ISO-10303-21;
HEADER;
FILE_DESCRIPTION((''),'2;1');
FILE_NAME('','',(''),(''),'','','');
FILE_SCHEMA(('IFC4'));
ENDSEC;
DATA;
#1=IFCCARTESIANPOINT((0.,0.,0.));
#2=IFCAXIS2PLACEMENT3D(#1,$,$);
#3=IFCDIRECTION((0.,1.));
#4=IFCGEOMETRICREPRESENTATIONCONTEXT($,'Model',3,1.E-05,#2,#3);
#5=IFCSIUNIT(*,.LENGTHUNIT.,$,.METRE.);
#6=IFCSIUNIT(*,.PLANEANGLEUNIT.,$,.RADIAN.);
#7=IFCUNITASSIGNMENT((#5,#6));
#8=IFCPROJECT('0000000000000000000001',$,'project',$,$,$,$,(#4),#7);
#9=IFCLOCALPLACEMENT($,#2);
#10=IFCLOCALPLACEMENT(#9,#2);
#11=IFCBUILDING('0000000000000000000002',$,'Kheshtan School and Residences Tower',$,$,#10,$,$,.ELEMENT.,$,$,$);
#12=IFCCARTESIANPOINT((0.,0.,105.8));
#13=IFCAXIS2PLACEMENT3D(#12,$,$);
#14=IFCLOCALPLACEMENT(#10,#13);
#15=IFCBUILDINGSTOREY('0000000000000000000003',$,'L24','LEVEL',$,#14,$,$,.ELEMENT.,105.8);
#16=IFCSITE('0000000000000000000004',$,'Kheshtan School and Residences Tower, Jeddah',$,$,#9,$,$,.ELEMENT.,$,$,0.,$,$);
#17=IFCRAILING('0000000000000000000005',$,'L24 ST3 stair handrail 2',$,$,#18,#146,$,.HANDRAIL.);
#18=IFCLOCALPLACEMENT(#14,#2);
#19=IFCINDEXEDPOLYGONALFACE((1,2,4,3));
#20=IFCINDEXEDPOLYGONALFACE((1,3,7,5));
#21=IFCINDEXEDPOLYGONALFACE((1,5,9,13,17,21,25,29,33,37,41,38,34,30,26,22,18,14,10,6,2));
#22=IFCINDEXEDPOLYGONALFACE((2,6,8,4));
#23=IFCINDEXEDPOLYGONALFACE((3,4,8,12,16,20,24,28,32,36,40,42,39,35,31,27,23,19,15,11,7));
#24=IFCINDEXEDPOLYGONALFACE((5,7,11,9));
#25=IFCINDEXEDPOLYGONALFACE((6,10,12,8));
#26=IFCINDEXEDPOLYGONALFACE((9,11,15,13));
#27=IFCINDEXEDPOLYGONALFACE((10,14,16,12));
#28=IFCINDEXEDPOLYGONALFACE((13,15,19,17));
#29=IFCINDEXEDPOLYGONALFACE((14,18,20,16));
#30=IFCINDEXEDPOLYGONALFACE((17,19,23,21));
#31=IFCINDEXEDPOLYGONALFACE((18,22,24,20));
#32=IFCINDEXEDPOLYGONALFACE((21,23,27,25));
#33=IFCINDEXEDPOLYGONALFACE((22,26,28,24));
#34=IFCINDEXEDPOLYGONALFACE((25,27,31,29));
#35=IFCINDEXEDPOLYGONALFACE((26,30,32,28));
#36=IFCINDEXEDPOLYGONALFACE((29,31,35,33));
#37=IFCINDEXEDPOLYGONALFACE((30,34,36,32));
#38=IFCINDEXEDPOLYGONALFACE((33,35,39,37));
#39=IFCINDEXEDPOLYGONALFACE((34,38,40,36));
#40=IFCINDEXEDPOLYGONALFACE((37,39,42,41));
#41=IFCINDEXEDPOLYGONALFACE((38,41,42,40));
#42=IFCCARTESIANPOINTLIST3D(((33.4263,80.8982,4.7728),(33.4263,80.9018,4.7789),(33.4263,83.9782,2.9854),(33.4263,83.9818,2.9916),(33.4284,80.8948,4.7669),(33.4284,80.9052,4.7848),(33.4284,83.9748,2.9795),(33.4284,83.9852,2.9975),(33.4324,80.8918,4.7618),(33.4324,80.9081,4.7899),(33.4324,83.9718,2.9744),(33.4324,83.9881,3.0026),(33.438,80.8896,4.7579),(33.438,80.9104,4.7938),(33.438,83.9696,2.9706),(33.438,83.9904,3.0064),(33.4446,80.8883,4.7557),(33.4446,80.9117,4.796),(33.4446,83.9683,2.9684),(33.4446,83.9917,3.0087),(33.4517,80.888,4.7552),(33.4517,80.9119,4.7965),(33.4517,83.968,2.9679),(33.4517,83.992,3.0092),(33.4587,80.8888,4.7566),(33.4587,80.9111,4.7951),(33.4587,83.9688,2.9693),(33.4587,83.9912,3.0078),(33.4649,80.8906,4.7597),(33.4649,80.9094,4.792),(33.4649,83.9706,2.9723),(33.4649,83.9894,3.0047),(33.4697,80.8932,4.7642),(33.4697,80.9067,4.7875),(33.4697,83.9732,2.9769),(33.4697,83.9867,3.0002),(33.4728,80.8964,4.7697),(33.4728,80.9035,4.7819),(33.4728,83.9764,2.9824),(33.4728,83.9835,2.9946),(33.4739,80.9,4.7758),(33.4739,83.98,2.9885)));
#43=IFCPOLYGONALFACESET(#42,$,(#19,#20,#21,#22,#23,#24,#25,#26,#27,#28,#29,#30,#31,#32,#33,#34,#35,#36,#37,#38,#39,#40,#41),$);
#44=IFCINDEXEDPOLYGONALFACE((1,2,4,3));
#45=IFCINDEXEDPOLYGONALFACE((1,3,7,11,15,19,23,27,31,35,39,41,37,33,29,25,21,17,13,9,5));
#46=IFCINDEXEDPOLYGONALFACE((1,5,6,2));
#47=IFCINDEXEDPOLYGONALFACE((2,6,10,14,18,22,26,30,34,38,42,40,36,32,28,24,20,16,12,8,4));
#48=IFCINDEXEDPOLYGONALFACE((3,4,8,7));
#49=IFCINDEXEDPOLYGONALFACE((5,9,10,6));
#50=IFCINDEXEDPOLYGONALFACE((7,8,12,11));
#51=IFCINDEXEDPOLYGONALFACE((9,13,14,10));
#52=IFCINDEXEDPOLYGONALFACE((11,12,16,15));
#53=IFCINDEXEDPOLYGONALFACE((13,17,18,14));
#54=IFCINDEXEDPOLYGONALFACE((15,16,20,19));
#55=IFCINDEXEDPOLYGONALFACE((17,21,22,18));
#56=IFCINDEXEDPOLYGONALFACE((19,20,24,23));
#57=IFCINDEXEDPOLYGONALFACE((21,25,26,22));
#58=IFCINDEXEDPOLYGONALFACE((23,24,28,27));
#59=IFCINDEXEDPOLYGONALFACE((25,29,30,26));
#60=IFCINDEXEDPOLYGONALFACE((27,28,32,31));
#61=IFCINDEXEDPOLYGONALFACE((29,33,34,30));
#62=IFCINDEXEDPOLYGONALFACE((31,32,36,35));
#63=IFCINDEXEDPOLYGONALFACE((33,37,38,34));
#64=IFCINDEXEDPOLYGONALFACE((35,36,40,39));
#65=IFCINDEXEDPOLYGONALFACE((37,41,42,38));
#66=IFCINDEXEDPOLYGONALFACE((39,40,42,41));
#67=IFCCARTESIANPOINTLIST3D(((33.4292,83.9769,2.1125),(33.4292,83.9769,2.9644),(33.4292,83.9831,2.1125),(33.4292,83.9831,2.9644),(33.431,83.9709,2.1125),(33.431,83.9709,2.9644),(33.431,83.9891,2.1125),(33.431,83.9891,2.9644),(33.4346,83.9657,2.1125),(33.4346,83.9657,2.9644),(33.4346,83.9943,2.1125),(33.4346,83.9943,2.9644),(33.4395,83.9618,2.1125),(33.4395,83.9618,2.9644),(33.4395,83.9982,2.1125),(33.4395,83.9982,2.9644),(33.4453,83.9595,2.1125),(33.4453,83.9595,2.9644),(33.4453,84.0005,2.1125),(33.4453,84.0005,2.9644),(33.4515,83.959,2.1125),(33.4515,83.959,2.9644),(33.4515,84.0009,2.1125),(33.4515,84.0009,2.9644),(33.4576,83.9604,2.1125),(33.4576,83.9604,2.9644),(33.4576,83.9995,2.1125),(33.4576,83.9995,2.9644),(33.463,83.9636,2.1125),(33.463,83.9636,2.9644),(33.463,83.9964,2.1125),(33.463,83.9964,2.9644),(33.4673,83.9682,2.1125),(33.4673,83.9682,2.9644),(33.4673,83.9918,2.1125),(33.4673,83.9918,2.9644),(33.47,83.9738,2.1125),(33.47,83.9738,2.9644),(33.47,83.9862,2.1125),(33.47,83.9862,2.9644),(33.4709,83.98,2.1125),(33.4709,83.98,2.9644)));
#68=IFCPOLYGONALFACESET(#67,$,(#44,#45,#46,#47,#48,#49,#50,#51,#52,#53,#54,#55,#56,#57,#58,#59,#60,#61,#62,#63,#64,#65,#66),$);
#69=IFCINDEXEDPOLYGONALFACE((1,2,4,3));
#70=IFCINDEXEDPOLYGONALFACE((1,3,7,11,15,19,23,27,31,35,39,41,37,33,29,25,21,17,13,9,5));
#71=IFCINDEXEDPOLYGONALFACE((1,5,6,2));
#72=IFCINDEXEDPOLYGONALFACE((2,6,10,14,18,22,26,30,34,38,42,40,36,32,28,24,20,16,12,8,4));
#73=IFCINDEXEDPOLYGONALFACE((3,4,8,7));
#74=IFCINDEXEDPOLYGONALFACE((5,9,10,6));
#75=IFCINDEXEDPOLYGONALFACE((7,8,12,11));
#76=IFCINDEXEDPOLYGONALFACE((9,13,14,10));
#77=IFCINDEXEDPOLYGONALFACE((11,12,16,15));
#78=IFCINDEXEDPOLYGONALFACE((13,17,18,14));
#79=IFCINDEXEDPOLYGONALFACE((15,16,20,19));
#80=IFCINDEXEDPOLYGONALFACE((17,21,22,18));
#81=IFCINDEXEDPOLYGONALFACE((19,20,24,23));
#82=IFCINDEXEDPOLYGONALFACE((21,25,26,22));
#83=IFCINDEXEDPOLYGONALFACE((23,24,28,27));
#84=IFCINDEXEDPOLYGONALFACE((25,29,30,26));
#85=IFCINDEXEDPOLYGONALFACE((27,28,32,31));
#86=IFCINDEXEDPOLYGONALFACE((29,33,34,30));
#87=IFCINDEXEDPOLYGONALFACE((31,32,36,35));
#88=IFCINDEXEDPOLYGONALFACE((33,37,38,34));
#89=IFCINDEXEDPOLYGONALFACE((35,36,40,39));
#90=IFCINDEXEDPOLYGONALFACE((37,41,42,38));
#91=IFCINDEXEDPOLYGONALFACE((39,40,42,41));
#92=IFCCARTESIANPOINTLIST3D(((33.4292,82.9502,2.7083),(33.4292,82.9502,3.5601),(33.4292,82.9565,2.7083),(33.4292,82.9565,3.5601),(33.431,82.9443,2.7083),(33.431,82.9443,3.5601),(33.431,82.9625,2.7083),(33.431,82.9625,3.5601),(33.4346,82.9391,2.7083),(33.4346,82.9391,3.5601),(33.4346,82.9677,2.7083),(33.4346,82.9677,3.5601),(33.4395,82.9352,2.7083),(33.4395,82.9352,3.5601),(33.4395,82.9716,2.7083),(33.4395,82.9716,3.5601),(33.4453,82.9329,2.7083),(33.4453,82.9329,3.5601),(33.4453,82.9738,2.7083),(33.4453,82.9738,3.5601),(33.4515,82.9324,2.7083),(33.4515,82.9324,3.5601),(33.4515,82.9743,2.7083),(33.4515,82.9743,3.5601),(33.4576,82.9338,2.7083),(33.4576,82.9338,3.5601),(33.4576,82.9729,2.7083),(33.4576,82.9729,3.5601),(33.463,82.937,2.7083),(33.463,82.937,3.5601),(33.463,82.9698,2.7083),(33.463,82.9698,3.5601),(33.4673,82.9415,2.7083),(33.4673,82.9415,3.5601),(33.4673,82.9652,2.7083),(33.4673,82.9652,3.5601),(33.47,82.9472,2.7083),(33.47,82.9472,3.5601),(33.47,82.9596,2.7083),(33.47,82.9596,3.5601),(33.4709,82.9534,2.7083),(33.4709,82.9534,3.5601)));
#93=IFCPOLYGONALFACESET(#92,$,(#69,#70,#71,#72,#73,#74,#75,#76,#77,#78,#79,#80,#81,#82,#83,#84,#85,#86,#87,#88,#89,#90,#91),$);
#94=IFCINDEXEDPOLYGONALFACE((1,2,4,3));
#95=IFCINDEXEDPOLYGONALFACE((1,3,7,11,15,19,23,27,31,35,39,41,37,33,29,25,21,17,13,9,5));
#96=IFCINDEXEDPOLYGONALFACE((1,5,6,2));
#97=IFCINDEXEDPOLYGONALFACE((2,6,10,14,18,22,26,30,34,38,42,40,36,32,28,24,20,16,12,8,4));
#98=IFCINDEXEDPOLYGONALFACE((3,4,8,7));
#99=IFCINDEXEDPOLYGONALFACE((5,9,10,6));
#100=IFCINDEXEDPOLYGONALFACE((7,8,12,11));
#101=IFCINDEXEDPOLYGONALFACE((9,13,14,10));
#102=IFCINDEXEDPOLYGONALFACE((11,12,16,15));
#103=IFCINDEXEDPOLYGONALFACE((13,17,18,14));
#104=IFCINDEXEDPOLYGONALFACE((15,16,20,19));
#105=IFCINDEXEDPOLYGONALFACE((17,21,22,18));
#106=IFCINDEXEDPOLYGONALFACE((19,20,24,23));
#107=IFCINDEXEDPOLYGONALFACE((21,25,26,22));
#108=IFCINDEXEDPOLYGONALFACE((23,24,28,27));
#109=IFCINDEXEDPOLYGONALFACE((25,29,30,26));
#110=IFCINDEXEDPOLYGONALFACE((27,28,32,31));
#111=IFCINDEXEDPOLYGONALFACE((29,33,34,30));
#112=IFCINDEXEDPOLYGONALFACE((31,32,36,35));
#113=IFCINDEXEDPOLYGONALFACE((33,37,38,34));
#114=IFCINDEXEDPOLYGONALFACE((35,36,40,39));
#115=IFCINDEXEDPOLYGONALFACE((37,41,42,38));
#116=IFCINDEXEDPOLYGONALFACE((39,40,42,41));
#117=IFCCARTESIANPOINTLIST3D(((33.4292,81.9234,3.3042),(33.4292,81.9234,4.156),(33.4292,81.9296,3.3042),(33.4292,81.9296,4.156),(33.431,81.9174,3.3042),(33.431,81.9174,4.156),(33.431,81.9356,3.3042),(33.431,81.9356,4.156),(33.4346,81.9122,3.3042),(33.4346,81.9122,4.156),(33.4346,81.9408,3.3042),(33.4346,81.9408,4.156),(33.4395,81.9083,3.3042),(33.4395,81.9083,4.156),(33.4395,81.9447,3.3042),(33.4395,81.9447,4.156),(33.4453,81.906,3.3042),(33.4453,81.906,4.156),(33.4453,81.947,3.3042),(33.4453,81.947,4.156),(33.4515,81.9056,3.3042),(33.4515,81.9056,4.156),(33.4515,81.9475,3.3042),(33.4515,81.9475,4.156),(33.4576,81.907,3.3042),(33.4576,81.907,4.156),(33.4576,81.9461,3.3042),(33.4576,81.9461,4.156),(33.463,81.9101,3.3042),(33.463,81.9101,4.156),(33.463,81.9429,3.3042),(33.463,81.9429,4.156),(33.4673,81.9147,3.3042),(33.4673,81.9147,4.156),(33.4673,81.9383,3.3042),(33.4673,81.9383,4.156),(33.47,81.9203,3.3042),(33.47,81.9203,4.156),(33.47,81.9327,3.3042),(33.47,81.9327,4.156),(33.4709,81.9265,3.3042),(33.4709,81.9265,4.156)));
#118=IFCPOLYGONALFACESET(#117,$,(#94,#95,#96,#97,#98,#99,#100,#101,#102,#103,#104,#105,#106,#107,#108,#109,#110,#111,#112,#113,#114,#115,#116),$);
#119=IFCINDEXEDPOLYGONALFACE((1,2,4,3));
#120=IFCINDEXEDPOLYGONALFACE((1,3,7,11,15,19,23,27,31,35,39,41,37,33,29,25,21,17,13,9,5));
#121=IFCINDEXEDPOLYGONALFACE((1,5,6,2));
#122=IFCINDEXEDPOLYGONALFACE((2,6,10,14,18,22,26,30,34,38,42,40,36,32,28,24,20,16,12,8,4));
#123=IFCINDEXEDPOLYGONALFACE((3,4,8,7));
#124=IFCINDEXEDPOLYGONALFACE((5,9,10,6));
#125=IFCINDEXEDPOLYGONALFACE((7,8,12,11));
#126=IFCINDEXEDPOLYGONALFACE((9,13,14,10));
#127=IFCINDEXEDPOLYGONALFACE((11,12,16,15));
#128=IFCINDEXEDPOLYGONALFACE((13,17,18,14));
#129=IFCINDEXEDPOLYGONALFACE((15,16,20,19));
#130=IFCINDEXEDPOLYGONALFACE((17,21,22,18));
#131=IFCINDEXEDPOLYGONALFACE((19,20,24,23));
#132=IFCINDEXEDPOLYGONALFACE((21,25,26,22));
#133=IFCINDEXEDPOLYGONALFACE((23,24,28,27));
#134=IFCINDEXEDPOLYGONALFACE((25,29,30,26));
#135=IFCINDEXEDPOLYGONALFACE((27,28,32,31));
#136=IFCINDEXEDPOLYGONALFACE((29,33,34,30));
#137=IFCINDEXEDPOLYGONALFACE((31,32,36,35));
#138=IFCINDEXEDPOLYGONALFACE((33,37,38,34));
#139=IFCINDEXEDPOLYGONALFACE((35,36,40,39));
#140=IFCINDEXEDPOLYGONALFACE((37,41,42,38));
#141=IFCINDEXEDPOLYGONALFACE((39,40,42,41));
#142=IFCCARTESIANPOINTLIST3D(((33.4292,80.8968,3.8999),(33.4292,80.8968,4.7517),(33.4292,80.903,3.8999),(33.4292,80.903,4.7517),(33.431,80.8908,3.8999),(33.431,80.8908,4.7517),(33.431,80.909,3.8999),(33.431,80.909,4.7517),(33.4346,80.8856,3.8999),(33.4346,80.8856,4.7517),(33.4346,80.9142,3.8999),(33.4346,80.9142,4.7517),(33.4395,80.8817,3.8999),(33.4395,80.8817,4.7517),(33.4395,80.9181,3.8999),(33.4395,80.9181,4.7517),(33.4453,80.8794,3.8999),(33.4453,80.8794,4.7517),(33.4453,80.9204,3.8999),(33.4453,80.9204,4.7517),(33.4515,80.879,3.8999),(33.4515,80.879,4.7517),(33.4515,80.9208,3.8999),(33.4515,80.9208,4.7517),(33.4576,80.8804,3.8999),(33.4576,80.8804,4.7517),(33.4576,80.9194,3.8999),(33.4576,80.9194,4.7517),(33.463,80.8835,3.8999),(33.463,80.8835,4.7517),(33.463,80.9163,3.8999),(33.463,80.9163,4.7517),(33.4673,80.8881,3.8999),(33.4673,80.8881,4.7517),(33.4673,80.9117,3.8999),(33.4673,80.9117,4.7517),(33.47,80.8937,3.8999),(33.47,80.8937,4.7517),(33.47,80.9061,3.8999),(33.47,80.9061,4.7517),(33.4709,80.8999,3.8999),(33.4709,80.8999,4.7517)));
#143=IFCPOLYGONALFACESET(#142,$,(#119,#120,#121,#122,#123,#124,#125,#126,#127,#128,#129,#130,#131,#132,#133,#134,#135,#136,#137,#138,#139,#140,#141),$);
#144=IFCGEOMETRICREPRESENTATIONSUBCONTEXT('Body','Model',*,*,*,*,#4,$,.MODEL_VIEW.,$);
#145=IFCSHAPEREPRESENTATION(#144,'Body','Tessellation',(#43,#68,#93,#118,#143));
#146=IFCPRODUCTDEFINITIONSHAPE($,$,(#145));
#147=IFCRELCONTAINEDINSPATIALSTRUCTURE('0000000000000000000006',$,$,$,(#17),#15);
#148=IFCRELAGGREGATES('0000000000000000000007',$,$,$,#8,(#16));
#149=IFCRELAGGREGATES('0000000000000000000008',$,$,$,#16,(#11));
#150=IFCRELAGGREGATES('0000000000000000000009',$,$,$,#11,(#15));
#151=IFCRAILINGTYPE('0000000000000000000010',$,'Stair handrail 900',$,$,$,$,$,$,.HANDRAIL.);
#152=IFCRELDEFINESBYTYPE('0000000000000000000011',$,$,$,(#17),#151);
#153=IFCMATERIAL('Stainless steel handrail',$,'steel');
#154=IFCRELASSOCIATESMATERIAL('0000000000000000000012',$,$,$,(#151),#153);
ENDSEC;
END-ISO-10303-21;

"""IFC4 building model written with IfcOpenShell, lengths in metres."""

from ifc_helpers import new_model, si_unit, direction, frame, origin, origin_2d, place, context, subcontext, project, spatial, circle, extrude, material, type_object, element, save


model = new_model("IFC4")

# Units and contexts
model_context = context("Model", 3, precision=1e-05, world=origin(), true_north=direction((0.0, 1.0)))
body_context = subcontext(model_context, "Body", "Model", "MODEL_VIEW")
ifc_project = project(units=[si_unit("LENGTHUNIT", "METRE"), si_unit("PLANEANGLEUNIT", "RADIAN")], contexts=[model_context])

# Site, building, storey
site_placement = place(None, origin())
site = spatial("IfcSite", under=ifc_project, at=site_placement, Name="Kheshtan School and Residences Tower, Jeddah", CompositionType="ELEMENT", RefElevation=0.0)
building_placement = place(site_placement, origin())
building = spatial("IfcBuilding", under=site, at=building_placement, Name="Kheshtan School and Residences Tower", CompositionType="ELEMENT")
storey_placement = place(building_placement, frame((0.0, 0.0, 105.8)))
storey = spatial("IfcBuildingStorey", under=building, at=storey_placement, Name="L24", Description="LEVEL", CompositionType="ELEMENT", Elevation=105.8)

# Railing
ifc_material_1 = material(Name="Stainless steel handrail", Category="steel")
railing_type_1 = type_object("IfcRailingType", Name="Stair handrail 900", PredefinedType="HANDRAIL", material=ifc_material_1)
railing_1_placement = place(storey_placement, frame((33.45, 83.98, 2.1125)))
element("IfcRailing", 1, at=railing_1_placement, inside=storey, type_object=railing_type_1, Name="L24 ST3 stair handrail 2", PredefinedType="HANDRAIL", context=body_context, shape_type="SweptSolid", body=[
    extrude(circle(Radius=0.0239, at=origin_2d()), frame((0.0, 0.0, 0.876), z_axis=(0.0, -0.86492, 0.501909), x_axis=(1.0, 0.0, 0.0)), (0.0, 0.0, 1.0), 3.561),
    extrude(circle(Radius=0.021, at=origin_2d()), origin(), (0.0, 0.0, 1.0), 0.8518),
    extrude(circle(Radius=0.021, at=origin_2d()), frame((0.0, -1.0266, 0.5957)), (0.0, 0.0, 1.0), 0.8518),
    extrude(circle(Radius=0.021, at=origin_2d()), frame((0.0, -2.0535, 1.1917)), (0.0, 0.0, 1.0), 0.8518),
    extrude(circle(Radius=0.021, at=origin_2d()), frame((0.0, -3.0801, 1.7874)), (0.0, 0.0, 1.0), 0.8518),
])

save(model, "model.ifc")
